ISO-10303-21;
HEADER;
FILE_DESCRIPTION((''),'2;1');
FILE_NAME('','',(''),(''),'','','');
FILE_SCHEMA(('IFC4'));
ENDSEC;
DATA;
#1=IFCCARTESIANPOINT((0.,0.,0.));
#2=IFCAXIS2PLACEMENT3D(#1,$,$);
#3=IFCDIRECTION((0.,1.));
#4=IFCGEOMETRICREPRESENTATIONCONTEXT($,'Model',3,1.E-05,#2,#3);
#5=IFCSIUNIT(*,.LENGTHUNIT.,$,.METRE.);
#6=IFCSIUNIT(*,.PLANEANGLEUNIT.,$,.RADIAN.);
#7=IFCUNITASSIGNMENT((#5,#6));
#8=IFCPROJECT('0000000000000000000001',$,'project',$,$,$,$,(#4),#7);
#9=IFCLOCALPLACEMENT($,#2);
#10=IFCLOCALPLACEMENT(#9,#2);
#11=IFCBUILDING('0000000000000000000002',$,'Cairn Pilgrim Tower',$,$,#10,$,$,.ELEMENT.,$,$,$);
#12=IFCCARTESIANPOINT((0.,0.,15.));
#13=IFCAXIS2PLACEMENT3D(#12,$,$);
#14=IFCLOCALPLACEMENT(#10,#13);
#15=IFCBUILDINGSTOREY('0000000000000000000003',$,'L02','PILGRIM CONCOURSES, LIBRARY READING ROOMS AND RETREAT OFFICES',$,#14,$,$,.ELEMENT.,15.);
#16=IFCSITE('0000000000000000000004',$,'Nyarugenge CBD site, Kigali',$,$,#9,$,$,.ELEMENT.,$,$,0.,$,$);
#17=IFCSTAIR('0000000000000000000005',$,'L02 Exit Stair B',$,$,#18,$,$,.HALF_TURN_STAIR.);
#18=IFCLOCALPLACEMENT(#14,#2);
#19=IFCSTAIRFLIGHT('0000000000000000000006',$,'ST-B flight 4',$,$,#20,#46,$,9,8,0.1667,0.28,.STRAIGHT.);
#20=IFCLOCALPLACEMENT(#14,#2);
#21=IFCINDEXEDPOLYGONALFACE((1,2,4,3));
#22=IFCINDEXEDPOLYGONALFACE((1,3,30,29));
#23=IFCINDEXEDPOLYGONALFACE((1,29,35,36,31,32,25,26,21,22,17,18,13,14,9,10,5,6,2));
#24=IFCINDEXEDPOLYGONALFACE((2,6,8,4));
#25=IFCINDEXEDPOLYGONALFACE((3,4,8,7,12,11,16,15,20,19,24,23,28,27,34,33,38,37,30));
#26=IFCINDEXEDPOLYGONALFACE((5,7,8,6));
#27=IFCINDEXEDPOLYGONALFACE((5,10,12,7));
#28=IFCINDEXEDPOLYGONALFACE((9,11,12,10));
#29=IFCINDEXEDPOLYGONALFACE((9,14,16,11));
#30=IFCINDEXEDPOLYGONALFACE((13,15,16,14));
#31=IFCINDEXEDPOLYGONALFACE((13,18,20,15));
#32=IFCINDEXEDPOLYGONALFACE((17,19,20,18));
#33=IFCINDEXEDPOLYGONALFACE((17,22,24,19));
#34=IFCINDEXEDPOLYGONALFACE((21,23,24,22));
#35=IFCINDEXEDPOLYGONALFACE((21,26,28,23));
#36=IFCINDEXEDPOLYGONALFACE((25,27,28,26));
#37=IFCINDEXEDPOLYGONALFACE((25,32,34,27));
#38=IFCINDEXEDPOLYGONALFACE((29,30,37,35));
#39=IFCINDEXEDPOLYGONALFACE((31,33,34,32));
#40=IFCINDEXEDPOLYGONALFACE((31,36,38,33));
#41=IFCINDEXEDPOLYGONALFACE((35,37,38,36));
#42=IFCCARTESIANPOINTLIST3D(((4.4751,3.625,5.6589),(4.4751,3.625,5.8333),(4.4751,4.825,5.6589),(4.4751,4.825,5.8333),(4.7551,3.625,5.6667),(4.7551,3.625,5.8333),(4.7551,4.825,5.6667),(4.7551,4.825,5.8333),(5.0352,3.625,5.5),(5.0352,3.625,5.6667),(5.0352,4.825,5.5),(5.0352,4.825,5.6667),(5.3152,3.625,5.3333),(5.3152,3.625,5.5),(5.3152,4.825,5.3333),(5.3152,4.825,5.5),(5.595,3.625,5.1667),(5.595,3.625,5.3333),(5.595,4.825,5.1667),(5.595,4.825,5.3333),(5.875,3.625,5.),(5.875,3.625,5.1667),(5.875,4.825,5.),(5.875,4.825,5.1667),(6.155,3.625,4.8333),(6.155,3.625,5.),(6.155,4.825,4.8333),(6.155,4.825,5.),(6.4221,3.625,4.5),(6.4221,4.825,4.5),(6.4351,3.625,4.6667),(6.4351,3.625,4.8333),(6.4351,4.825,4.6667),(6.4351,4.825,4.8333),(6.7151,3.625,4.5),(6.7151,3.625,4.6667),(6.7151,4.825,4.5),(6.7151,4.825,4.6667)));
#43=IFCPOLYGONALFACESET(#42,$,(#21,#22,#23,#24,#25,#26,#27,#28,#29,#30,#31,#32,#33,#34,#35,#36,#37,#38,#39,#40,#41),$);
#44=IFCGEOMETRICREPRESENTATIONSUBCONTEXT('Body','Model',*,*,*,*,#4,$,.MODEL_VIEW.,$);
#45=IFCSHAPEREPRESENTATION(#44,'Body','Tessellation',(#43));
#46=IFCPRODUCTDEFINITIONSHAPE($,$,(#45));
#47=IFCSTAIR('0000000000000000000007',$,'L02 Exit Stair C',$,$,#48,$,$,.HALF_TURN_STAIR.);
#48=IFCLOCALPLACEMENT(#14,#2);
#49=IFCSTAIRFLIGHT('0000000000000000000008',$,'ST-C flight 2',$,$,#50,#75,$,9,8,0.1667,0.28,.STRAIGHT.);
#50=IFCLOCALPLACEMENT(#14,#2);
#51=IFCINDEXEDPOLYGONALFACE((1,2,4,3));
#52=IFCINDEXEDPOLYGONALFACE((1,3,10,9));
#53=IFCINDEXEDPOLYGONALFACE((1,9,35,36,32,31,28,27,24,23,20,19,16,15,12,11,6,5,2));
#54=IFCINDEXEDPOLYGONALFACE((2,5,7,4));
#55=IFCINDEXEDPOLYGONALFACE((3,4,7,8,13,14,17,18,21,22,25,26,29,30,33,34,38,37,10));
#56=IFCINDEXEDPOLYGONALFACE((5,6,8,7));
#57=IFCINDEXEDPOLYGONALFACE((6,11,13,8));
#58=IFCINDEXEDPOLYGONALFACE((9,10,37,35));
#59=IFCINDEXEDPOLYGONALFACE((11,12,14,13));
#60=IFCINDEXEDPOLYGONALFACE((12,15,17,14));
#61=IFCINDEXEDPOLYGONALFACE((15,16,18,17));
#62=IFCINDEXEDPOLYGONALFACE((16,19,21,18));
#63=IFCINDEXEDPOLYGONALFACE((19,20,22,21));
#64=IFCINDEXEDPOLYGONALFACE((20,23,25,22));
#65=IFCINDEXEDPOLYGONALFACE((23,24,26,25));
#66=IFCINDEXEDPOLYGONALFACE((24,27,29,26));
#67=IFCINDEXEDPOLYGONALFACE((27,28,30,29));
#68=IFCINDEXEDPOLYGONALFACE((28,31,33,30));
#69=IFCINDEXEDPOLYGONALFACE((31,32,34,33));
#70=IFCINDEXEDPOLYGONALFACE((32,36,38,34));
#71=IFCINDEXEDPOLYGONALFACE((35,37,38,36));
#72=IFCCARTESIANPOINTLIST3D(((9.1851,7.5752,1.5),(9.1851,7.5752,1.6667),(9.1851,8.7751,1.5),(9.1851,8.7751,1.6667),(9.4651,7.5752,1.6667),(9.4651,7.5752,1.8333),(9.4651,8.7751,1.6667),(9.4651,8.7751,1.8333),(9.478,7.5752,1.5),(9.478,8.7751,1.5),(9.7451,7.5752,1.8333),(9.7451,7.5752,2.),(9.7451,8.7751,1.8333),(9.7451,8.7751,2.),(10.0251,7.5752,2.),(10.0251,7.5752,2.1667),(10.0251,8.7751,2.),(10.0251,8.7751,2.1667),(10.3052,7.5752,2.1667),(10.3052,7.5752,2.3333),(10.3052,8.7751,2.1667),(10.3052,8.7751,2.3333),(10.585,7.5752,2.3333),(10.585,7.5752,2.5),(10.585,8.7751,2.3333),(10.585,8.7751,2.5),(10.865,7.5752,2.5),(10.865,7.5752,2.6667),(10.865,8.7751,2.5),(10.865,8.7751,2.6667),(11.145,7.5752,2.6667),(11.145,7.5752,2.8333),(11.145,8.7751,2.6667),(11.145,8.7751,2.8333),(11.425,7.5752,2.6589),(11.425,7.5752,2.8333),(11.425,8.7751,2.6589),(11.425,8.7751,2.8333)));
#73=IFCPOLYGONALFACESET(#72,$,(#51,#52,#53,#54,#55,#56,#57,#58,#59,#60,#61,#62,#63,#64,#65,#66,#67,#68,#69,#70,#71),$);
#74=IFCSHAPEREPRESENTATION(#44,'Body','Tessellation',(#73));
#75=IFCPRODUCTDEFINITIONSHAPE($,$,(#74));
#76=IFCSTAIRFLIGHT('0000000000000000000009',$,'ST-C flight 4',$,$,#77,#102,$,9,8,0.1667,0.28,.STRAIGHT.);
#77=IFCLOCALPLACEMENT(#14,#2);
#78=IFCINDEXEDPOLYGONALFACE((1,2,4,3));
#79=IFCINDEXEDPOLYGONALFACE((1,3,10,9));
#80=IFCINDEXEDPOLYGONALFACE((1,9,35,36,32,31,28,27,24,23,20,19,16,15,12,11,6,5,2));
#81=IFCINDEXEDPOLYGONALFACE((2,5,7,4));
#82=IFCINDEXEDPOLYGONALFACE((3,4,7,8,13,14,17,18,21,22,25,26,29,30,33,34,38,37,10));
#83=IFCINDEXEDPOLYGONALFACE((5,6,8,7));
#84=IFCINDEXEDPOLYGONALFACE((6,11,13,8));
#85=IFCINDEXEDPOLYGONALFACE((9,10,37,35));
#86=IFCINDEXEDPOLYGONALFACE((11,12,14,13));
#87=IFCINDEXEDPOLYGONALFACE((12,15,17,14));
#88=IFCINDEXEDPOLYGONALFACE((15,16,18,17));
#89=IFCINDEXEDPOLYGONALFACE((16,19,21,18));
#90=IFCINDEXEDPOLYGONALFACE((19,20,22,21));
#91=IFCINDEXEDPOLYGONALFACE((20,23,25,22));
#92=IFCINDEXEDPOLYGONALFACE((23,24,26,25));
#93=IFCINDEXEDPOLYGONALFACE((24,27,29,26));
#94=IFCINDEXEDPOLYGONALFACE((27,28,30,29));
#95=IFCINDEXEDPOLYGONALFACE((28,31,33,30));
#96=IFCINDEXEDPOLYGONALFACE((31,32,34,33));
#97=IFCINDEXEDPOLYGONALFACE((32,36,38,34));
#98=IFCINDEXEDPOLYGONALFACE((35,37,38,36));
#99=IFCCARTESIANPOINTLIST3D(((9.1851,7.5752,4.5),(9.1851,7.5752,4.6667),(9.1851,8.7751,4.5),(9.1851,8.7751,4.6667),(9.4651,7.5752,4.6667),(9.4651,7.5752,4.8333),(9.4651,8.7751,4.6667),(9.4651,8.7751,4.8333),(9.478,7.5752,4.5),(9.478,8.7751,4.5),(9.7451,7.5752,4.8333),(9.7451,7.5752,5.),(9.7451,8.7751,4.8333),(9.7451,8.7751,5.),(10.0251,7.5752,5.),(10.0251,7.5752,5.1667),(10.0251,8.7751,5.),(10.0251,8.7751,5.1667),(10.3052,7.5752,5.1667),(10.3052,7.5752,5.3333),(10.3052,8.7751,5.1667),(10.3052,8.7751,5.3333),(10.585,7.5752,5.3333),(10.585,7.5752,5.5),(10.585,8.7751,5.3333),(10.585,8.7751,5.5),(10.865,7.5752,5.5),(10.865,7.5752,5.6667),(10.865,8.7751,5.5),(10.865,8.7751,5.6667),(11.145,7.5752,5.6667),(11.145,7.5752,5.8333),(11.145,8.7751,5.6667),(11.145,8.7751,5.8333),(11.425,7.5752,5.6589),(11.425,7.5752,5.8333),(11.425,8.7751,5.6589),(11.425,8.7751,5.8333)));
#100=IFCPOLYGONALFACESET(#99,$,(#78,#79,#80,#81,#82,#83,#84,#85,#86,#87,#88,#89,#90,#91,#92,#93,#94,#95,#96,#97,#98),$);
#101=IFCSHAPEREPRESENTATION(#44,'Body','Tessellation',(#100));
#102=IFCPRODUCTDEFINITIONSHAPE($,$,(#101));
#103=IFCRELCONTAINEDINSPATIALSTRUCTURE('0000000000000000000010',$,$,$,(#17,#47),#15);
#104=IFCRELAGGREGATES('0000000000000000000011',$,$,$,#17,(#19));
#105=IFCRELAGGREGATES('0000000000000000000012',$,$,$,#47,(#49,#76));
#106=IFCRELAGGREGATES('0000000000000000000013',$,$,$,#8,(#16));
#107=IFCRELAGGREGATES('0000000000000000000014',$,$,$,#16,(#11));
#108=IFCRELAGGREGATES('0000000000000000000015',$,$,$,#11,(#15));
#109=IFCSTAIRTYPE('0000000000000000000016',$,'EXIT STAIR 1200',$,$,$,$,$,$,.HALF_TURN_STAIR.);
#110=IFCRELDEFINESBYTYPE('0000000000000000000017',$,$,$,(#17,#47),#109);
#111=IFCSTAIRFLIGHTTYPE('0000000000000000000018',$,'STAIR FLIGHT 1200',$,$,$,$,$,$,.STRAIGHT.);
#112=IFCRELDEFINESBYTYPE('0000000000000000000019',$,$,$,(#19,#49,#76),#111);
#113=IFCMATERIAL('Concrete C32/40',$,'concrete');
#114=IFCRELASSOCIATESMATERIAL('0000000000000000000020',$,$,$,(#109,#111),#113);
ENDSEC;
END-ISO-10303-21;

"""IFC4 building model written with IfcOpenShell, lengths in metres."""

from ifc_helpers import new_model, si_unit, direction, frame, origin, place, context, subcontext, project, spatial, polyline, outline, extrude, material, type_object, element, aggregate, save


model = new_model("IFC4")

# Units and contexts
model_context = context("Model", 3, precision=1e-05, world=origin(), true_north=direction((0.0, 1.0)))
body_context = subcontext(model_context, "Body", "Model", "MODEL_VIEW")
ifc_project = project(units=[si_unit("LENGTHUNIT", "METRE"), si_unit("PLANEANGLEUNIT", "RADIAN")], contexts=[model_context])

# Site, building, storey
site_placement = place(None, origin())
site = spatial("IfcSite", under=ifc_project, at=site_placement, Name="Nyarugenge CBD site, Kigali", CompositionType="ELEMENT", RefElevation=0.0)
building_placement = place(site_placement, origin())
building = spatial("IfcBuilding", under=site, at=building_placement, Name="Cairn Pilgrim Tower", CompositionType="ELEMENT")
storey_placement = place(building_placement, frame((0.0, 0.0, 15.0)))
storey = spatial("IfcBuildingStorey", under=building, at=storey_placement, Name="L02", Description="PILGRIM CONCOURSES, LIBRARY READING ROOMS AND RETREAT OFFICES", CompositionType="ELEMENT", Elevation=15.0)

# Shared definitions
ifc_material_1 = material(Name="Concrete C32/40", Category="concrete")

# Stairs, stair flights
stair_type = type_object("IfcStairType", Name="EXIT STAIR 1200", PredefinedType="HALF_TURN_STAIR", material=ifc_material_1)
stair_1_placement = place(storey_placement, origin())
stair_1 = element("IfcStair", 1, at=stair_1_placement, inside=storey, type_object=stair_type, Name="L02 Exit Stair B", PredefinedType="HALF_TURN_STAIR")
stair_flight_type = type_object("IfcStairFlightType", Name="STAIR FLIGHT 1200", PredefinedType="STRAIGHT", material=ifc_material_1)
stair_flight_1_placement = place(storey_placement, frame((6.7151, 4.2251, 4.5), z_axis=(0.0, 0.0, 1.0), x_axis=(-1.0, 0.0, 0.0)))
stair_flight_1 = element("IfcStairFlight", 2, at=stair_flight_1_placement, type_object=stair_flight_type, Name="ST-B flight 4", NumberOfRisers=9, NumberOfTreads=8, PredefinedType="STRAIGHT", RiserHeight=0.1667, TreadLength=0.28, context=body_context, shape_type="SweptSolid", body=[
    extrude(outline(polyline([(0.0, 0.0), (0.0, 0.1667), (0.28, 0.1667), (0.28, 0.3333), (0.5601, 0.3333), (0.5601, 0.5), (0.8401, 0.5), (0.8401, 0.6667), (1.1201, 0.6667), (1.1201, 0.8333), (1.3999, 0.8333), (1.3999, 1.0), (1.6799, 1.0), (1.6799, 1.1667), (1.96, 1.1667), (1.96, 1.3333), (2.24, 1.3333), (2.24, 1.5), (2.24, 1.1589), (0.293, 0.0), (0.0, 0.0)])), frame((0.0, 0.6001, 0.0), z_axis=(0.0, -1.0, 0.0), x_axis=(1.0, 0.0, 0.0)), (0.0, 0.0, 1.0), 1.2),
])
aggregate(stair_1, [stair_flight_1])
stair_2_placement = place(storey_placement, origin())
stair_2 = element("IfcStair", 3, at=stair_2_placement, inside=storey, type_object=stair_type, Name="L02 Exit Stair C", PredefinedType="HALF_TURN_STAIR")
stair_flight_2_placement = place(storey_placement, frame((9.1851, 8.175, 1.5), z_axis=(0.0, 0.0, 1.0), x_axis=(1.0, 0.0, 0.0)))
stair_flight_2 = element("IfcStairFlight", 4, at=stair_flight_2_placement, type_object=stair_flight_type, Name="ST-C flight 2", NumberOfRisers=9, NumberOfTreads=8, PredefinedType="STRAIGHT", RiserHeight=0.1667, TreadLength=0.28, context=body_context, shape_type="SweptSolid", body=[
    extrude(outline(polyline([(0.0, 0.0), (0.0, 0.1667), (0.28, 0.1667), (0.28, 0.3333), (0.5601, 0.3333), (0.5601, 0.5), (0.8401, 0.5), (0.8401, 0.6667), (1.1201, 0.6667), (1.1201, 0.8333), (1.3999, 0.8333), (1.3999, 1.0), (1.6799, 1.0), (1.6799, 1.1667), (1.96, 1.1667), (1.96, 1.3333), (2.24, 1.3333), (2.24, 1.5), (2.24, 1.1589), (0.293, 0.0), (0.0, 0.0)])), frame((0.0, 0.6001, 0.0), z_axis=(0.0, -1.0, 0.0), x_axis=(1.0, 0.0, 0.0)), (0.0, 0.0, 1.0), 1.2),
])
stair_flight_3_placement = place(storey_placement, frame((9.1851, 8.175, 4.5), z_axis=(0.0, 0.0, 1.0), x_axis=(1.0, 0.0, 0.0)))
stair_flight_3 = element("IfcStairFlight", 5, at=stair_flight_3_placement, type_object=stair_flight_type, Name="ST-C flight 4", NumberOfRisers=9, NumberOfTreads=8, PredefinedType="STRAIGHT", RiserHeight=0.1667, TreadLength=0.28, context=body_context, shape_type="SweptSolid", body=[
    extrude(outline(polyline([(0.0, 0.0), (0.0, 0.1667), (0.28, 0.1667), (0.28, 0.3333), (0.5601, 0.3333), (0.5601, 0.5), (0.8401, 0.5), (0.8401, 0.6667), (1.1201, 0.6667), (1.1201, 0.8333), (1.3999, 0.8333), (1.3999, 1.0), (1.6799, 1.0), (1.6799, 1.1667), (1.96, 1.1667), (1.96, 1.3333), (2.24, 1.3333), (2.24, 1.5), (2.24, 1.1589), (0.293, 0.0), (0.0, 0.0)])), frame((0.0, 0.6001, 0.0), z_axis=(0.0, -1.0, 0.0), x_axis=(1.0, 0.0, 0.0)), (0.0, 0.0, 1.0), 1.2),
])
aggregate(stair_2, [stair_flight_2, stair_flight_3])

save(model, "model.ifc")
